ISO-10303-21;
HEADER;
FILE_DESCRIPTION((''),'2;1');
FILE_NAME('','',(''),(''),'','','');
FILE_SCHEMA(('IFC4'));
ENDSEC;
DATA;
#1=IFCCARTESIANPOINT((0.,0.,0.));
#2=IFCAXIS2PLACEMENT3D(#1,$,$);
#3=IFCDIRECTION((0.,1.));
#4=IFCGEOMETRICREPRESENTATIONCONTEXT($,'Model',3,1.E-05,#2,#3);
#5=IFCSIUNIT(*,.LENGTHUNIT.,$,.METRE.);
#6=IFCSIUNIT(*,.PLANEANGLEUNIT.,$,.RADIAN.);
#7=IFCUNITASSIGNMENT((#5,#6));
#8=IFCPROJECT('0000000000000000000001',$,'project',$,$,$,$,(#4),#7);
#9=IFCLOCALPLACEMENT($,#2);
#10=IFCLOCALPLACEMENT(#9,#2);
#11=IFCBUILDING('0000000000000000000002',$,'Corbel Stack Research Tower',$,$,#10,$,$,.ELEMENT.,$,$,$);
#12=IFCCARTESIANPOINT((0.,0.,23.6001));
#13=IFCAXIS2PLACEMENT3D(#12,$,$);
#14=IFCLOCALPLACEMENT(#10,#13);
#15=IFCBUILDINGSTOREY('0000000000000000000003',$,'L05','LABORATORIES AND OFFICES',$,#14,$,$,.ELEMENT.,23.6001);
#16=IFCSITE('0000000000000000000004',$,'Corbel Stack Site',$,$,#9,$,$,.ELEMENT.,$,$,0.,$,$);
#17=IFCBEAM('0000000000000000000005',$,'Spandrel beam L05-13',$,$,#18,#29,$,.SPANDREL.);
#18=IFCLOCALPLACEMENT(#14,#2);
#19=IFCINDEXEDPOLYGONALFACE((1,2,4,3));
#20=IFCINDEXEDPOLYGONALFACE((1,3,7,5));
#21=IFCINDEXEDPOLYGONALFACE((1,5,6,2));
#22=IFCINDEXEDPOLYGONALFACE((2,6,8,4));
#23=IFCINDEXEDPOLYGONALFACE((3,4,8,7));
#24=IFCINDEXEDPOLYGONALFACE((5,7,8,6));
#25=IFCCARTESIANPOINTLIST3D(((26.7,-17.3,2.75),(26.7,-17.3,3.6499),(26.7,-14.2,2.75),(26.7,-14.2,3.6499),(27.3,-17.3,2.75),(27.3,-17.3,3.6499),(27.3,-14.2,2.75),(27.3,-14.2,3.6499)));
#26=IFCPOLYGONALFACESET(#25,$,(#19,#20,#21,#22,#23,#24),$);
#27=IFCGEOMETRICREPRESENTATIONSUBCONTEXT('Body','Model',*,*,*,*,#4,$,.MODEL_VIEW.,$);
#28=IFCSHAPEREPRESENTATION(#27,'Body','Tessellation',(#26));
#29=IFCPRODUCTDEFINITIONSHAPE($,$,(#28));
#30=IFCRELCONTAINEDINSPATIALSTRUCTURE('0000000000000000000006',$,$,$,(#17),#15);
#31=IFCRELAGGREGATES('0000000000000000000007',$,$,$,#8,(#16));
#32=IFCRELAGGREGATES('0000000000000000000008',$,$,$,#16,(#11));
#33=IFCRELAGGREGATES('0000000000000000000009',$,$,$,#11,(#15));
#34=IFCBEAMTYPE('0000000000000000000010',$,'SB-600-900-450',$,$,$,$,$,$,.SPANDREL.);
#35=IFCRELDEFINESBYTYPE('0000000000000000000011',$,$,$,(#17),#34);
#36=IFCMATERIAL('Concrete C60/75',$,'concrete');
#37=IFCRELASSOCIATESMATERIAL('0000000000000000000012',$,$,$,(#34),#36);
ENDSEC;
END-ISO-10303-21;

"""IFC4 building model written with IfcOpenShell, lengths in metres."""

from ifc_helpers import new_model, si_unit, direction, frame, origin, origin_2d, place, context, subcontext, project, spatial, rectangle, extrude, material, material_profile, profile_set, type_object, element, save


model = new_model("IFC4")

# Units and contexts
model_context = context("Model", 3, precision=1e-05, world=origin(), true_north=direction((0.0, 1.0)))
body_context = subcontext(model_context, "Body", "Model", "MODEL_VIEW")
ifc_project = project(units=[si_unit("LENGTHUNIT", "METRE"), si_unit("PLANEANGLEUNIT", "RADIAN")], contexts=[model_context])

# Site, building, storey
site_placement = place(None, origin())
site = spatial("IfcSite", under=ifc_project, at=site_placement, Name="Corbel Stack Site", CompositionType="ELEMENT", RefElevation=0.0)
building_placement = place(site_placement, origin())
building = spatial("IfcBuilding", under=site, at=building_placement, Name="Corbel Stack Research Tower", CompositionType="ELEMENT")
storey_placement = place(building_placement, frame((0.0, 0.0, 23.6001)))
storey = spatial("IfcBuildingStorey", under=building, at=storey_placement, Name="L05", Description="LABORATORIES AND OFFICES", CompositionType="ELEMENT", Elevation=23.6001)

# Beam
ifc_material_1 = material(Name="Concrete C60/75", Category="concrete")
ifc_material_profile = material_profile(ifc_material_1, rectangle(XDim=0.6001, YDim=0.8999, at=origin_2d()), Name="RC 600 x 900")
ifc_profile_set = profile_set([ifc_material_profile], Name="Concrete C60/75")
beam_type = type_object("IfcBeamType", Name="SB-600-900-450", PredefinedType="SPANDREL", material=ifc_profile_set)
beam_placement = place(storey_placement, frame((27.0, -17.3, 3.2), z_axis=(0.0, 1.0, 0.0), x_axis=(-1.0, 0.0, 0.0)))
element("IfcBeam", 1, at=beam_placement, inside=storey, type_object=beam_type, Name="Spandrel beam L05-13", PredefinedType="SPANDREL", context=body_context, shape_type="SweptSolid", body=[
    extrude(rectangle(XDim=0.6001, YDim=0.8999, at=origin_2d()), origin(), (0.0, 0.0, 1.0), 3.1001),
])

save(model, "model.ifc")
